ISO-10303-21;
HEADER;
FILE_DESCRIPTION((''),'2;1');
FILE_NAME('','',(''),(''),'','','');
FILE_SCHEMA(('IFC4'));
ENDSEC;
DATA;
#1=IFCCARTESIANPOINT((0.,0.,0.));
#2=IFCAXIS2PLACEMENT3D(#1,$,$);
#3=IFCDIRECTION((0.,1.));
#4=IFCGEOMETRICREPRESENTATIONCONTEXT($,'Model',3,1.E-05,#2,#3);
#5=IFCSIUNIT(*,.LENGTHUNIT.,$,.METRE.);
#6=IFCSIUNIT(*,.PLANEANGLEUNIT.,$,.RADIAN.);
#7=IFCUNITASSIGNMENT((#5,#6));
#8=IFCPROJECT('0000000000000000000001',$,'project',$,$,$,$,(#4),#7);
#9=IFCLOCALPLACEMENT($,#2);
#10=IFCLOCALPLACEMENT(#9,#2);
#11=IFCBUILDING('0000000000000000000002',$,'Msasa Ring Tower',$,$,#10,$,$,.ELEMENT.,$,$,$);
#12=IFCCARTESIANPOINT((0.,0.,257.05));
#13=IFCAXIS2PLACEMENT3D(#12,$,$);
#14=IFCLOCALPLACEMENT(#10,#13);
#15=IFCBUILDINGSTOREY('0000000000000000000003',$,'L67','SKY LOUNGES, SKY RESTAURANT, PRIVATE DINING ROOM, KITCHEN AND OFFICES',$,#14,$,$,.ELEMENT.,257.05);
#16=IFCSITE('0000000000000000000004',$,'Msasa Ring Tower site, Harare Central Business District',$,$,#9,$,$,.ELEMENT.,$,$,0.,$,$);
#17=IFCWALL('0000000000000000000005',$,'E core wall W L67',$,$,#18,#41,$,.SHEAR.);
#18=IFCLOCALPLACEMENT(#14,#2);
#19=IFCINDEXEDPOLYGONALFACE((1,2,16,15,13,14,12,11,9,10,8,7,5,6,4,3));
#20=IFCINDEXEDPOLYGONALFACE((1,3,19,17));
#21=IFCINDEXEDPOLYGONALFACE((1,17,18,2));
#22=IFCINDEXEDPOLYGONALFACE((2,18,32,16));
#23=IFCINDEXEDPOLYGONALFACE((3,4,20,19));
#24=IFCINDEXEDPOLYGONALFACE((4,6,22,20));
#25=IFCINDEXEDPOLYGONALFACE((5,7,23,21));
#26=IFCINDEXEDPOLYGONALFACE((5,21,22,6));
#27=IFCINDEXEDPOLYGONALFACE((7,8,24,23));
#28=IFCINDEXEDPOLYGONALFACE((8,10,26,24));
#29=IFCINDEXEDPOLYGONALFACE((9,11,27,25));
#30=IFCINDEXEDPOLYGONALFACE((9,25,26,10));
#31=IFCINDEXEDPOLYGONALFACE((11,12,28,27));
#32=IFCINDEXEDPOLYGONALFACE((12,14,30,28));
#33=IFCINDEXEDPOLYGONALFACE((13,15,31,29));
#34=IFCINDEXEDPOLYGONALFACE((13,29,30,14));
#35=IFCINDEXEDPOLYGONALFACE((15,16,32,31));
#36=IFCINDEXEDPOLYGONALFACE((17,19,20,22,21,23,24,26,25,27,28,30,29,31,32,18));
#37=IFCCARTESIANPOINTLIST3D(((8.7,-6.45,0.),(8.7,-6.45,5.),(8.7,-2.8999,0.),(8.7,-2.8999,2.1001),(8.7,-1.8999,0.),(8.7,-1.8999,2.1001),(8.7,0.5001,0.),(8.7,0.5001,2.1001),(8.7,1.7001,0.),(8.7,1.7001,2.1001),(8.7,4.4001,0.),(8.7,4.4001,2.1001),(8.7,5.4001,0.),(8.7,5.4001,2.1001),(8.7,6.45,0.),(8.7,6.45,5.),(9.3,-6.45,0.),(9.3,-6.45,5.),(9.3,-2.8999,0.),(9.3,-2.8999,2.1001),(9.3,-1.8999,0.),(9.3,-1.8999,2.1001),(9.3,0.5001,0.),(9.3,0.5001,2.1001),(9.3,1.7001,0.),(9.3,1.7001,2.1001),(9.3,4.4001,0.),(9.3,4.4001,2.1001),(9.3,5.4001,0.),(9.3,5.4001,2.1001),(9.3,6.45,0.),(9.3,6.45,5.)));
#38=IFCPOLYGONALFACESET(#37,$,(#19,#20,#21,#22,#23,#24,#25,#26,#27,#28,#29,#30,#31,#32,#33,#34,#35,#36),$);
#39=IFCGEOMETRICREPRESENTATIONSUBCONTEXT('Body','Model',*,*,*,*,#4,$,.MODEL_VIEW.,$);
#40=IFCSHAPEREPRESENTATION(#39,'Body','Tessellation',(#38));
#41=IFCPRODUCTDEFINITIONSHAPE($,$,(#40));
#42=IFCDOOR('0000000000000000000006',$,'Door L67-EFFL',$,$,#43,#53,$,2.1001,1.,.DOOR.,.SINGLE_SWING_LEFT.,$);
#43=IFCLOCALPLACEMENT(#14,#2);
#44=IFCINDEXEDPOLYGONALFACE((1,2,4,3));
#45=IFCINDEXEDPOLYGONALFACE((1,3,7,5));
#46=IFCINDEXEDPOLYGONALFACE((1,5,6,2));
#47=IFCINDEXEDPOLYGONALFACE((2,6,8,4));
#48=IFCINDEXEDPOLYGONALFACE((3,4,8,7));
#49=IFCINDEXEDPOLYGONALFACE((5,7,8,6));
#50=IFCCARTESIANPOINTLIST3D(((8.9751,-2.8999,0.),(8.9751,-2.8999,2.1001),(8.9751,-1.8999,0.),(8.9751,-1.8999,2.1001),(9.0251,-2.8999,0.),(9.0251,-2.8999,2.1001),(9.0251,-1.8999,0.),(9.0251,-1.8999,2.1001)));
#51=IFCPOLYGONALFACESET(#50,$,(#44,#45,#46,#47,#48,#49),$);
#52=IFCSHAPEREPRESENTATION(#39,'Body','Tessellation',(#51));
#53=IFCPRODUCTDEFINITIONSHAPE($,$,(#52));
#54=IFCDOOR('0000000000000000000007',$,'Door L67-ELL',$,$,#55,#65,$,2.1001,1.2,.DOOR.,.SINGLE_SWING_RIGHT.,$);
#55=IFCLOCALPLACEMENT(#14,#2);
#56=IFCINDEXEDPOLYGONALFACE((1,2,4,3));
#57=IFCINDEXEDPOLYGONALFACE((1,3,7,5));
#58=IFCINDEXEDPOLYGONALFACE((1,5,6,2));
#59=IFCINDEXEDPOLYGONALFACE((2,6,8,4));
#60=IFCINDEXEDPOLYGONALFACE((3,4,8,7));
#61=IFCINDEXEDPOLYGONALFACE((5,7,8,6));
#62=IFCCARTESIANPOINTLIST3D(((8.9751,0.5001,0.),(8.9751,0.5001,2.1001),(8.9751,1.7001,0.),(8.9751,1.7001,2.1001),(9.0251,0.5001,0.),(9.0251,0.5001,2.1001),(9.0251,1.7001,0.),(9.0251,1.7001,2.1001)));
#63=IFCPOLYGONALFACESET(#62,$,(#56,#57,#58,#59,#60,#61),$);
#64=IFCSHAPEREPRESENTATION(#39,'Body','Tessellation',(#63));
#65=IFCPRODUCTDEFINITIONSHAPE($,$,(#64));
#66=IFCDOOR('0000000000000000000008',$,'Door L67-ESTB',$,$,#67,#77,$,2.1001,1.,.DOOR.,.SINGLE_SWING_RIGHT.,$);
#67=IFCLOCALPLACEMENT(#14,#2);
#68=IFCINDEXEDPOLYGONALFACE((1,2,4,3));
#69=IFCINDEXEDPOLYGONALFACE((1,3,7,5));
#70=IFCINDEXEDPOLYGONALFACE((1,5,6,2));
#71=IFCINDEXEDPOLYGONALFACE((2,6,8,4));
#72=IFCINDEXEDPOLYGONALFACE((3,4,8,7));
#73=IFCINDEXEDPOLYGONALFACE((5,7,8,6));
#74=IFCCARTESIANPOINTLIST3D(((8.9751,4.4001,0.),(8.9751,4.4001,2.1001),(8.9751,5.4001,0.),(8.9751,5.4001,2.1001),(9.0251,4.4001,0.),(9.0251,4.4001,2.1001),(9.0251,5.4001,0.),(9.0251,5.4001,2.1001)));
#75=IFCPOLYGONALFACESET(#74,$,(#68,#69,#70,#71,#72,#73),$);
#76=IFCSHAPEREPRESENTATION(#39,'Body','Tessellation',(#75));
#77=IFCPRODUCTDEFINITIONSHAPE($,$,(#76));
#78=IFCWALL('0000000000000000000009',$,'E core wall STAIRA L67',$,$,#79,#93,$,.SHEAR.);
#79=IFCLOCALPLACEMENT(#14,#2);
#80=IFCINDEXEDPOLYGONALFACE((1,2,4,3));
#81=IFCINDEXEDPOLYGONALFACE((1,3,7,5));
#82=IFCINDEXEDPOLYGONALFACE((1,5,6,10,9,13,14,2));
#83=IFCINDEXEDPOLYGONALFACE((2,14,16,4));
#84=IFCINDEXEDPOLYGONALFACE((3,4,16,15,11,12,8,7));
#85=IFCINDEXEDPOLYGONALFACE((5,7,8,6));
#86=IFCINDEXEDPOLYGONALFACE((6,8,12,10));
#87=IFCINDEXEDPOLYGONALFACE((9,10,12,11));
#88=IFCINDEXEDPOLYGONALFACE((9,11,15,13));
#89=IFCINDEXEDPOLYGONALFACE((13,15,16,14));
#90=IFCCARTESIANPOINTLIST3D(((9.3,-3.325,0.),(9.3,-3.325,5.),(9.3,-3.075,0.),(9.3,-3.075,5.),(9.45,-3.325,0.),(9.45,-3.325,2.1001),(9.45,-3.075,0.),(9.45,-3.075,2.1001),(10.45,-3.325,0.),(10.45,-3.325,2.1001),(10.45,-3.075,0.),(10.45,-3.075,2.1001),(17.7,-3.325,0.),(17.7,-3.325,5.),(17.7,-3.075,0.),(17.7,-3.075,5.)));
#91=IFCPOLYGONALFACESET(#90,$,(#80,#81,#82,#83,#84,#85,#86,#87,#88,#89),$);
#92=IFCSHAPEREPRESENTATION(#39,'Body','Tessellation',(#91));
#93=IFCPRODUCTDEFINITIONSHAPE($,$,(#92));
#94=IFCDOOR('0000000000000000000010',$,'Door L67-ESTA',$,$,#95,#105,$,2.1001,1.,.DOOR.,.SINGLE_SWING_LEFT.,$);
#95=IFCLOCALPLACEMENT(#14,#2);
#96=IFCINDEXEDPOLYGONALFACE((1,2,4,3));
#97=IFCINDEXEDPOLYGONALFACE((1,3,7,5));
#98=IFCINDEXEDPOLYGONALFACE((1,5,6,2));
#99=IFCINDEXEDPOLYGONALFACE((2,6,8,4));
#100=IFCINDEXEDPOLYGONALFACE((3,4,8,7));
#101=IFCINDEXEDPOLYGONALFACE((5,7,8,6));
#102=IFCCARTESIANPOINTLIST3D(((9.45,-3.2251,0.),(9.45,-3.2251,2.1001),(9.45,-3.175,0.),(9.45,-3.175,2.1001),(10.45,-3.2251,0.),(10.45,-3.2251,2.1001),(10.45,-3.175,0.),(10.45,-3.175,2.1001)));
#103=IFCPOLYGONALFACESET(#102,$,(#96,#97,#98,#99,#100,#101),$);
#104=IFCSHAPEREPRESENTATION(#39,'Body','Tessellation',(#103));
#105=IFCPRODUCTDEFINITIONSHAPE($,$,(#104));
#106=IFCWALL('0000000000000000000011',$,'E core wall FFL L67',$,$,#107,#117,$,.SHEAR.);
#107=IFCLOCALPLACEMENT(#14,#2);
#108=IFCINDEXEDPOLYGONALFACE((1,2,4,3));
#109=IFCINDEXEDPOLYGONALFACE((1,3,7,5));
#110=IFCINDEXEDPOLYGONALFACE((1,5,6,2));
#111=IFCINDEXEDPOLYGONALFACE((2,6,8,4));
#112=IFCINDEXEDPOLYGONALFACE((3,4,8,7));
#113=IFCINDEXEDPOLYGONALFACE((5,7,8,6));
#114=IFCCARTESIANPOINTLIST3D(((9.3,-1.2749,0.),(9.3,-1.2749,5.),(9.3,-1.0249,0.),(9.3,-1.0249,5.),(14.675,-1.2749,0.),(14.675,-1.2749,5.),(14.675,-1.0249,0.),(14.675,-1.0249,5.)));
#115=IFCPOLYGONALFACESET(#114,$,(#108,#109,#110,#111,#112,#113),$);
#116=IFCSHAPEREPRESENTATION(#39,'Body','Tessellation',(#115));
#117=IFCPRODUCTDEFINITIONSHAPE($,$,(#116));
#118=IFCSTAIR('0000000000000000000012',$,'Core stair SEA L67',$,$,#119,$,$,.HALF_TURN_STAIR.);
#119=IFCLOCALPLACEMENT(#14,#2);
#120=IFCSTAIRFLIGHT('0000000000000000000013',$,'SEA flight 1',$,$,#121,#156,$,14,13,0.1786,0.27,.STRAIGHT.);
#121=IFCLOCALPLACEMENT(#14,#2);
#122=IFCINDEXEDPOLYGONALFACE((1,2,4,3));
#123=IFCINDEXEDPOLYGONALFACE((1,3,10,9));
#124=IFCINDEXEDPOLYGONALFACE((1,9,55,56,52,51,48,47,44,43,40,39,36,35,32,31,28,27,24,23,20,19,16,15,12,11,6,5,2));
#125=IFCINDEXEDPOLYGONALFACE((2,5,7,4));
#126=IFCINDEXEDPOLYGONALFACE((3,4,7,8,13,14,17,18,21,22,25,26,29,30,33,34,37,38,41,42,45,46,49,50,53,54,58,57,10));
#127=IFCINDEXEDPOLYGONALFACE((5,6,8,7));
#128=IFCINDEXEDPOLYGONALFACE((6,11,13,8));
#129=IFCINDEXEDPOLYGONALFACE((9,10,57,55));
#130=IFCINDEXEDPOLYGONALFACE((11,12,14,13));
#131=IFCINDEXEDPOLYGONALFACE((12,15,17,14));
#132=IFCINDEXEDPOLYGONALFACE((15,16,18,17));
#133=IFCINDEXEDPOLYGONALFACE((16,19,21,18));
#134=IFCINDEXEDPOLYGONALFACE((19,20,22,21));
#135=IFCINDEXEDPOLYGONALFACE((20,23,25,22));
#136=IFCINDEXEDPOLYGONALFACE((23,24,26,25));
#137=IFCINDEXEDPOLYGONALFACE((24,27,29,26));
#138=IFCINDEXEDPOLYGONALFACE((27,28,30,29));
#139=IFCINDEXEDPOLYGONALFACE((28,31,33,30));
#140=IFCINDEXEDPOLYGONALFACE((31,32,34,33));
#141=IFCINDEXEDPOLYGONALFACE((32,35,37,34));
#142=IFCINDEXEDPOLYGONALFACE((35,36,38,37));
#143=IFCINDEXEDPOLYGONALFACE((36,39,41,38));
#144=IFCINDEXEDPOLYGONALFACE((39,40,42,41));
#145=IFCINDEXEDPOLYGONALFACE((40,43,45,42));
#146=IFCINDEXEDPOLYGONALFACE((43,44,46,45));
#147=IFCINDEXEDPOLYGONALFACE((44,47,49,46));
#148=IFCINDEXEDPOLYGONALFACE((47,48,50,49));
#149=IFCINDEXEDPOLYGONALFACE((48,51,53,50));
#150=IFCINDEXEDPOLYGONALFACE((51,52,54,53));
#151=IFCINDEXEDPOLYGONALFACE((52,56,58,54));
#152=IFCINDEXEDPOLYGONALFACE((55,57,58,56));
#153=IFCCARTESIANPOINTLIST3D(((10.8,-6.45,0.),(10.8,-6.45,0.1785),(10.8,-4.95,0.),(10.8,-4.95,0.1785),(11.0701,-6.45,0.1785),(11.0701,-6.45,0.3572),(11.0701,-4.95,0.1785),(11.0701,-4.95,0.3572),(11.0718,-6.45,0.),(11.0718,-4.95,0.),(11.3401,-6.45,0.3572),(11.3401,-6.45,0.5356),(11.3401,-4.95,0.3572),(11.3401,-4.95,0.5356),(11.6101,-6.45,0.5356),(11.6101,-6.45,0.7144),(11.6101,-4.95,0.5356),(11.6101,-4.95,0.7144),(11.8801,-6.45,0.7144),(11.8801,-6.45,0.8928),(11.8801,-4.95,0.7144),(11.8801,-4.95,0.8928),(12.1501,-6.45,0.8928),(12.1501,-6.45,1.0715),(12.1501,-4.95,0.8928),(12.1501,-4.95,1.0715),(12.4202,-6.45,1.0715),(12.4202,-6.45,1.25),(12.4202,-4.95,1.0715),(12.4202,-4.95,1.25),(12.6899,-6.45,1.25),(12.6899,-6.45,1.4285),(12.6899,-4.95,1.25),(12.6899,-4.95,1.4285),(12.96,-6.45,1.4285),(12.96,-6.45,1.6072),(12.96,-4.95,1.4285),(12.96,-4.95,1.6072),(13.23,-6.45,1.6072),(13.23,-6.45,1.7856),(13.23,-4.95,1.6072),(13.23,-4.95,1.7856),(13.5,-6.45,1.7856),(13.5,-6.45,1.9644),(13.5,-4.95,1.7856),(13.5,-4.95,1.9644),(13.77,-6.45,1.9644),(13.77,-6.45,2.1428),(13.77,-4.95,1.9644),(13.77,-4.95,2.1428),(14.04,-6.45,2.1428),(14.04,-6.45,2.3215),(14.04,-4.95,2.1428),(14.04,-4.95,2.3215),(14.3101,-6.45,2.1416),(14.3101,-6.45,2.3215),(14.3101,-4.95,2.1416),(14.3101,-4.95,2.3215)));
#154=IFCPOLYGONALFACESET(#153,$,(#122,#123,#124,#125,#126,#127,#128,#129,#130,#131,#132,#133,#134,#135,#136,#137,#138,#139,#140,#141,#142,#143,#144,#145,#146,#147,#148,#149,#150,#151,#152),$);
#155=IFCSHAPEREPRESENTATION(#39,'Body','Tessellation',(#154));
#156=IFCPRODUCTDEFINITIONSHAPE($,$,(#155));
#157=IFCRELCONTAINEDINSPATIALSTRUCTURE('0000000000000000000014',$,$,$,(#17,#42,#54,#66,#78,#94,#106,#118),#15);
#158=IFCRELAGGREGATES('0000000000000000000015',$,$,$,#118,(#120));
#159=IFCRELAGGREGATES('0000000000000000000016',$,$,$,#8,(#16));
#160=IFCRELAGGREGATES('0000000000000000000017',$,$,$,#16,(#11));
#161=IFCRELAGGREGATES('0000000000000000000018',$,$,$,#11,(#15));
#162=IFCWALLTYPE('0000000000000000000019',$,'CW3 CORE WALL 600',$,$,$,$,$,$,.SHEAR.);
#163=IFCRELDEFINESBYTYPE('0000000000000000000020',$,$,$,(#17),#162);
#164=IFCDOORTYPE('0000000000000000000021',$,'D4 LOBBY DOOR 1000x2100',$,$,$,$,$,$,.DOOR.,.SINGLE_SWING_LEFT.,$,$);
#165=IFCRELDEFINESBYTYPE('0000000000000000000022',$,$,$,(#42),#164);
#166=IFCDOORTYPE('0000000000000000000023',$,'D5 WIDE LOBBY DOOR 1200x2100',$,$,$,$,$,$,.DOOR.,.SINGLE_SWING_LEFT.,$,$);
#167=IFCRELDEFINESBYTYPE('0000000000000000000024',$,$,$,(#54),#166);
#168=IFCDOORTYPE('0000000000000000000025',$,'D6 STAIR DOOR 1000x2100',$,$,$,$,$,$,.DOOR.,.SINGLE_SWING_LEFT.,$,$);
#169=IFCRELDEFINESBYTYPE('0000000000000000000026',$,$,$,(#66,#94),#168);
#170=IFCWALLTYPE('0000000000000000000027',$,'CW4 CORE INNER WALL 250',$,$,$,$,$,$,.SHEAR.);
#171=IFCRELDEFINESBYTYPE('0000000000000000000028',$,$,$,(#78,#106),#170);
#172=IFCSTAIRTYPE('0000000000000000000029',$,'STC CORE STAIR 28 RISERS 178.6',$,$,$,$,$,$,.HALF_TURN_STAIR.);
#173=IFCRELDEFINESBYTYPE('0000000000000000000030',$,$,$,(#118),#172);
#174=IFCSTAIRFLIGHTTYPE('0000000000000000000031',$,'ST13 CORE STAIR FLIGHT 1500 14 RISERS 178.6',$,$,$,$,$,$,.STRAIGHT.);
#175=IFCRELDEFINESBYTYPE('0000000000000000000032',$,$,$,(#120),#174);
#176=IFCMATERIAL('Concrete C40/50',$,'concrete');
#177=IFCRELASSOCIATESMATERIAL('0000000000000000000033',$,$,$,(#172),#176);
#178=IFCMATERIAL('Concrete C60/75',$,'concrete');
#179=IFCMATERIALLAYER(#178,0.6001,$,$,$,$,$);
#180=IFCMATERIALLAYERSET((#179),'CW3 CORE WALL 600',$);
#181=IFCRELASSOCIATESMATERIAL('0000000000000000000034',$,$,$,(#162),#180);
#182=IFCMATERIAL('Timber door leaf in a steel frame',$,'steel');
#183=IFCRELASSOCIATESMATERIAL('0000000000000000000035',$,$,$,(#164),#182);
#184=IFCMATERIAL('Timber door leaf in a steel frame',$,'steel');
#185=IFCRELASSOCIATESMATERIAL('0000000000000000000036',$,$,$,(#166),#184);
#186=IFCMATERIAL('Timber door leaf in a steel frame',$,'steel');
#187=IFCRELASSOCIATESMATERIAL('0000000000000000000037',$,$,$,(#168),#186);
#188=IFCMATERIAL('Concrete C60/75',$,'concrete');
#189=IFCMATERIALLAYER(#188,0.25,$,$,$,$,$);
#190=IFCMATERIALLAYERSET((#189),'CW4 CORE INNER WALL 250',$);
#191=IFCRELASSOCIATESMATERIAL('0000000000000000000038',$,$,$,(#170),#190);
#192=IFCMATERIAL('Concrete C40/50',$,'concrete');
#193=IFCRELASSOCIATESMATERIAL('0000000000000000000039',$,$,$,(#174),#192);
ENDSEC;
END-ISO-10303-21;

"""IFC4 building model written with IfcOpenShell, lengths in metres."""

from ifc_helpers import new_model, si_unit, direction, frame, frame_2d, origin, place, context, subcontext, project, spatial, polyline, rectangle, outline, extrude, material, layer, layer_set, type_object, element, fill, aggregate, save


model = new_model("IFC4")

# Units and contexts
model_context = context("Model", 3, precision=1e-05, world=origin(), true_north=direction((0.0, 1.0)))
body_context = subcontext(model_context, "Body", "Model", "MODEL_VIEW")
ifc_project = project(units=[si_unit("LENGTHUNIT", "METRE"), si_unit("PLANEANGLEUNIT", "RADIAN")], contexts=[model_context])

# Site, building, storey
site_placement = place(None, origin())
site = spatial("IfcSite", under=ifc_project, at=site_placement, Name="Msasa Ring Tower site, Harare Central Business District", CompositionType="ELEMENT", RefElevation=0.0)
building_placement = place(site_placement, origin())
building = spatial("IfcBuilding", under=site, at=building_placement, Name="Msasa Ring Tower", CompositionType="ELEMENT")
storey_placement = place(building_placement, frame((0.0, 0.0, 257.05)))
storey = spatial("IfcBuildingStorey", under=building, at=storey_placement, Name="L67", Description="SKY LOUNGES, SKY RESTAURANT, PRIVATE DINING ROOM, KITCHEN AND OFFICES", CompositionType="ELEMENT", Elevation=257.05)

# Shared definitions
ifc_material_1 = material(Name="Concrete C40/50", Category="concrete")
stair_type = type_object("IfcStairType", Name="STC CORE STAIR 28 RISERS 178.6", PredefinedType="HALF_TURN_STAIR", material=ifc_material_1)

# Wall, openings, doors
ifc_material_2 = material(Name="Concrete C60/75", Category="concrete")
ifc_layer_1 = layer(ifc_material_2, 0.6001)
ifc_layer_set_1 = layer_set([ifc_layer_1], Name="CW3 CORE WALL 600")
wall_type_1 = type_object("IfcWallType", Name="CW3 CORE WALL 600", PredefinedType="SHEAR", material=ifc_layer_set_1)
wall_1_placement = place(storey_placement, frame((9.0, -6.45, 0.0), z_axis=(0.0, 0.0, 1.0), x_axis=(0.0, 1.0, 0.0)))
wall_1 = element("IfcWall", 1, at=wall_1_placement, inside=storey, type_object=wall_type_1, Name="E core wall W L67", PredefinedType="SHEAR", context=body_context, shape_type="SweptSolid", body=[
    extrude(rectangle(XDim=12.8999, YDim=0.6001, at=frame_2d((6.45, 0.0))), origin(), (0.0, 0.0, 1.0), 5.0),
])
opening_1_placement = place(wall_1_placement, frame((3.55, 0.0, 0.0)))
opening_1 = element("IfcOpeningElement", 2, at=opening_1_placement, cuts=wall_1, PredefinedType="OPENING", context=body_context, shape_type="SweptSolid", body=[
    extrude(rectangle(XDim=1.0, YDim=2.1001, at=frame_2d((0.5, 1.05))), frame((0.0, 0.3101, 0.0), z_axis=(0.0, -1.0, 0.0), x_axis=(1.0, 0.0, 0.0)), (0.0, 0.0, 1.0), 0.6201),
])
opening_2_placement = place(wall_1_placement, frame((6.95, 0.0, 0.0)))
opening_2 = element("IfcOpeningElement", 3, at=opening_2_placement, cuts=wall_1, PredefinedType="OPENING", context=body_context, shape_type="SweptSolid", body=[
    extrude(rectangle(XDim=1.2, YDim=2.1001, at=frame_2d((0.6001, 1.05))), frame((0.0, 0.3101, 0.0), z_axis=(0.0, -1.0, 0.0), x_axis=(1.0, 0.0, 0.0)), (0.0, 0.0, 1.0), 0.6201),
])
opening_3_placement = place(wall_1_placement, frame((10.8501, 0.0, 0.0)))
opening_3 = element("IfcOpeningElement", 4, at=opening_3_placement, cuts=wall_1, PredefinedType="OPENING", context=body_context, shape_type="SweptSolid", body=[
    extrude(rectangle(XDim=1.0, YDim=2.1001, at=frame_2d((0.5, 1.05))), frame((0.0, 0.3101, 0.0), z_axis=(0.0, -1.0, 0.0), x_axis=(1.0, 0.0, 0.0)), (0.0, 0.0, 1.0), 0.6201),
])
ifc_material_3 = material(Name="Timber door leaf in a steel frame", Category="steel")
door_type_1 = type_object("IfcDoorType", Name="D4 LOBBY DOOR 1000x2100", OperationType="SINGLE_SWING_LEFT", PredefinedType="DOOR", material=ifc_material_3)
door_1_placement = place(opening_1_placement, origin())
door_1 = element("IfcDoor", 5, at=door_1_placement, inside=storey, type_object=door_type_1, Name="Door L67-EFFL", OperationType="SINGLE_SWING_LEFT", OverallHeight=2.1001, OverallWidth=1.0, PredefinedType="DOOR", context=body_context, shape_type="SweptSolid", body=[
    extrude(rectangle(XDim=1.0, YDim=2.1001, at=frame_2d((0.5, 1.05))), frame((0.0, 0.0249, 0.0), z_axis=(0.0, -1.0, 0.0), x_axis=(1.0, 0.0, 0.0)), (0.0, 0.0, 1.0), 0.05),
])
fill(opening_1, door_1)
ifc_material_4 = material(Name="Timber door leaf in a steel frame", Category="steel")
door_type_2 = type_object("IfcDoorType", Name="D5 WIDE LOBBY DOOR 1200x2100", OperationType="SINGLE_SWING_LEFT", PredefinedType="DOOR", material=ifc_material_4)
door_2_placement = place(opening_2_placement, origin())
door_2 = element("IfcDoor", 6, at=door_2_placement, inside=storey, type_object=door_type_2, Name="Door L67-ELL", OperationType="SINGLE_SWING_RIGHT", OverallHeight=2.1001, OverallWidth=1.2, PredefinedType="DOOR", context=body_context, shape_type="SweptSolid", body=[
    extrude(rectangle(XDim=1.2, YDim=2.1001, at=frame_2d((0.6001, 1.05))), frame((0.0, 0.0249, 0.0), z_axis=(0.0, -1.0, 0.0), x_axis=(1.0, 0.0, 0.0)), (0.0, 0.0, 1.0), 0.05),
])
fill(opening_2, door_2)
ifc_material_5 = material(Name="Timber door leaf in a steel frame", Category="steel")
door_type_3 = type_object("IfcDoorType", Name="D6 STAIR DOOR 1000x2100", OperationType="SINGLE_SWING_LEFT", PredefinedType="DOOR", material=ifc_material_5)
door_3_placement = place(opening_3_placement, origin())
door_3 = element("IfcDoor", 7, at=door_3_placement, inside=storey, type_object=door_type_3, Name="Door L67-ESTB", OperationType="SINGLE_SWING_RIGHT", OverallHeight=2.1001, OverallWidth=1.0, PredefinedType="DOOR", context=body_context, shape_type="SweptSolid", body=[
    extrude(rectangle(XDim=1.0, YDim=2.1001, at=frame_2d((0.5, 1.05))), frame((0.0, 0.0249, 0.0), z_axis=(0.0, -1.0, 0.0), x_axis=(1.0, 0.0, 0.0)), (0.0, 0.0, 1.0), 0.05),
])
fill(opening_3, door_3)

# Wall, opening, door
ifc_material_6 = material(Name="Concrete C60/75", Category="concrete")
ifc_layer_2 = layer(ifc_material_6, 0.25)
ifc_layer_set_2 = layer_set([ifc_layer_2], Name="CW4 CORE INNER WALL 250")
wall_type_2 = type_object("IfcWallType", Name="CW4 CORE INNER WALL 250", PredefinedType="SHEAR", material=ifc_layer_set_2)
wall_2_placement = place(storey_placement, frame((9.3, -3.2, 0.0), z_axis=(0.0, 0.0, 1.0), x_axis=(1.0, 0.0, 0.0)))
wall_2 = element("IfcWall", 8, at=wall_2_placement, inside=storey, type_object=wall_type_2, Name="E core wall STAIRA L67", PredefinedType="SHEAR", context=body_context, shape_type="SweptSolid", body=[
    extrude(rectangle(XDim=8.3999, YDim=0.25, at=frame_2d((4.2, 0.0))), origin(), (0.0, 0.0, 1.0), 5.0),
])
opening_4_placement = place(wall_2_placement, frame((0.1499, 0.0, 0.0)))
opening_4 = element("IfcOpeningElement", 9, at=opening_4_placement, cuts=wall_2, PredefinedType="OPENING", context=body_context, shape_type="SweptSolid", body=[
    extrude(rectangle(XDim=1.0, YDim=2.1001, at=frame_2d((0.5, 1.05))), frame((0.0, 0.135, 0.0), z_axis=(0.0, -1.0, 0.0), x_axis=(1.0, 0.0, 0.0)), (0.0, 0.0, 1.0), 0.27),
])
door_4_placement = place(opening_4_placement, origin())
door_4 = element("IfcDoor", 10, at=door_4_placement, inside=storey, type_object=door_type_3, Name="Door L67-ESTA", OperationType="SINGLE_SWING_LEFT", OverallHeight=2.1001, OverallWidth=1.0, PredefinedType="DOOR", context=body_context, shape_type="SweptSolid", body=[
    extrude(rectangle(XDim=1.0, YDim=2.1001, at=frame_2d((0.5, 1.05))), frame((0.0, 0.0249, 0.0), z_axis=(0.0, -1.0, 0.0), x_axis=(1.0, 0.0, 0.0)), (0.0, 0.0, 1.0), 0.05),
])
fill(opening_4, door_4)

# Wall
wall_3_placement = place(storey_placement, frame((9.3, -1.1499, 0.0), z_axis=(0.0, 0.0, 1.0), x_axis=(1.0, 0.0, 0.0)))
element("IfcWall", 11, at=wall_3_placement, inside=storey, type_object=wall_type_2, Name="E core wall FFL L67", PredefinedType="SHEAR", context=body_context, shape_type="SweptSolid", body=[
    extrude(rectangle(XDim=5.375, YDim=0.25, at=frame_2d((2.6875, 0.0))), origin(), (0.0, 0.0, 1.0), 5.0),
])

# Stair, stair flight
stair_1_placement = place(storey_placement, origin())
stair_1 = element("IfcStair", 12, at=stair_1_placement, inside=storey, type_object=stair_type, Name="Core stair SEA L67", PredefinedType="HALF_TURN_STAIR")
ifc_material_7 = material(Name="Concrete C40/50", Category="concrete")
stair_flight_type = type_object("IfcStairFlightType", Name="ST13 CORE STAIR FLIGHT 1500 14 RISERS 178.6", PredefinedType="STRAIGHT", material=ifc_material_7)
stair_flight_placement = place(storey_placement, frame((10.8, -5.7, 0.0), z_axis=(0.0, 0.0, 1.0), x_axis=(1.0, 0.0, 0.0)))
stair_flight = element("IfcStairFlight", 13, at=stair_flight_placement, type_object=stair_flight_type, Name="SEA flight 1", NumberOfRisers=14, NumberOfTreads=13, PredefinedType="STRAIGHT", RiserHeight=0.1786, TreadLength=0.27, context=body_context, shape_type="SweptSolid", body=[
    extrude(outline(polyline([(0.0, 0.0), (0.0, 0.1785), (0.27, 0.1785), (0.27, 0.3572), (0.54, 0.3572), (0.54, 0.5356), (0.8101, 0.5356), (0.8101, 0.7144), (1.0801, 0.7144), (1.0801, 0.8928), (1.3501, 0.8928), (1.3501, 1.0715), (1.6201, 1.0715), (1.6201, 1.25), (1.8899, 1.25), (1.8899, 1.4285), (2.1599, 1.4285), (2.1599, 1.6072), (2.4299, 1.6072), (2.4299, 1.7856), (2.7, 1.7856), (2.7, 1.9644), (2.97, 1.9644), (2.97, 2.1428), (3.24, 2.1428), (3.24, 2.3215), (3.51, 2.3215), (3.51, 2.5), (3.51, 2.1416), (0.2717, 0.0), (0.0, 0.0)])), frame((0.0, 0.75, 0.0), z_axis=(0.0, -1.0, 0.0), x_axis=(1.0, 0.0, 0.0)), (0.0, 0.0, 1.0), 1.5),
])
aggregate(stair_1, [stair_flight])

save(model, "model.ifc")
